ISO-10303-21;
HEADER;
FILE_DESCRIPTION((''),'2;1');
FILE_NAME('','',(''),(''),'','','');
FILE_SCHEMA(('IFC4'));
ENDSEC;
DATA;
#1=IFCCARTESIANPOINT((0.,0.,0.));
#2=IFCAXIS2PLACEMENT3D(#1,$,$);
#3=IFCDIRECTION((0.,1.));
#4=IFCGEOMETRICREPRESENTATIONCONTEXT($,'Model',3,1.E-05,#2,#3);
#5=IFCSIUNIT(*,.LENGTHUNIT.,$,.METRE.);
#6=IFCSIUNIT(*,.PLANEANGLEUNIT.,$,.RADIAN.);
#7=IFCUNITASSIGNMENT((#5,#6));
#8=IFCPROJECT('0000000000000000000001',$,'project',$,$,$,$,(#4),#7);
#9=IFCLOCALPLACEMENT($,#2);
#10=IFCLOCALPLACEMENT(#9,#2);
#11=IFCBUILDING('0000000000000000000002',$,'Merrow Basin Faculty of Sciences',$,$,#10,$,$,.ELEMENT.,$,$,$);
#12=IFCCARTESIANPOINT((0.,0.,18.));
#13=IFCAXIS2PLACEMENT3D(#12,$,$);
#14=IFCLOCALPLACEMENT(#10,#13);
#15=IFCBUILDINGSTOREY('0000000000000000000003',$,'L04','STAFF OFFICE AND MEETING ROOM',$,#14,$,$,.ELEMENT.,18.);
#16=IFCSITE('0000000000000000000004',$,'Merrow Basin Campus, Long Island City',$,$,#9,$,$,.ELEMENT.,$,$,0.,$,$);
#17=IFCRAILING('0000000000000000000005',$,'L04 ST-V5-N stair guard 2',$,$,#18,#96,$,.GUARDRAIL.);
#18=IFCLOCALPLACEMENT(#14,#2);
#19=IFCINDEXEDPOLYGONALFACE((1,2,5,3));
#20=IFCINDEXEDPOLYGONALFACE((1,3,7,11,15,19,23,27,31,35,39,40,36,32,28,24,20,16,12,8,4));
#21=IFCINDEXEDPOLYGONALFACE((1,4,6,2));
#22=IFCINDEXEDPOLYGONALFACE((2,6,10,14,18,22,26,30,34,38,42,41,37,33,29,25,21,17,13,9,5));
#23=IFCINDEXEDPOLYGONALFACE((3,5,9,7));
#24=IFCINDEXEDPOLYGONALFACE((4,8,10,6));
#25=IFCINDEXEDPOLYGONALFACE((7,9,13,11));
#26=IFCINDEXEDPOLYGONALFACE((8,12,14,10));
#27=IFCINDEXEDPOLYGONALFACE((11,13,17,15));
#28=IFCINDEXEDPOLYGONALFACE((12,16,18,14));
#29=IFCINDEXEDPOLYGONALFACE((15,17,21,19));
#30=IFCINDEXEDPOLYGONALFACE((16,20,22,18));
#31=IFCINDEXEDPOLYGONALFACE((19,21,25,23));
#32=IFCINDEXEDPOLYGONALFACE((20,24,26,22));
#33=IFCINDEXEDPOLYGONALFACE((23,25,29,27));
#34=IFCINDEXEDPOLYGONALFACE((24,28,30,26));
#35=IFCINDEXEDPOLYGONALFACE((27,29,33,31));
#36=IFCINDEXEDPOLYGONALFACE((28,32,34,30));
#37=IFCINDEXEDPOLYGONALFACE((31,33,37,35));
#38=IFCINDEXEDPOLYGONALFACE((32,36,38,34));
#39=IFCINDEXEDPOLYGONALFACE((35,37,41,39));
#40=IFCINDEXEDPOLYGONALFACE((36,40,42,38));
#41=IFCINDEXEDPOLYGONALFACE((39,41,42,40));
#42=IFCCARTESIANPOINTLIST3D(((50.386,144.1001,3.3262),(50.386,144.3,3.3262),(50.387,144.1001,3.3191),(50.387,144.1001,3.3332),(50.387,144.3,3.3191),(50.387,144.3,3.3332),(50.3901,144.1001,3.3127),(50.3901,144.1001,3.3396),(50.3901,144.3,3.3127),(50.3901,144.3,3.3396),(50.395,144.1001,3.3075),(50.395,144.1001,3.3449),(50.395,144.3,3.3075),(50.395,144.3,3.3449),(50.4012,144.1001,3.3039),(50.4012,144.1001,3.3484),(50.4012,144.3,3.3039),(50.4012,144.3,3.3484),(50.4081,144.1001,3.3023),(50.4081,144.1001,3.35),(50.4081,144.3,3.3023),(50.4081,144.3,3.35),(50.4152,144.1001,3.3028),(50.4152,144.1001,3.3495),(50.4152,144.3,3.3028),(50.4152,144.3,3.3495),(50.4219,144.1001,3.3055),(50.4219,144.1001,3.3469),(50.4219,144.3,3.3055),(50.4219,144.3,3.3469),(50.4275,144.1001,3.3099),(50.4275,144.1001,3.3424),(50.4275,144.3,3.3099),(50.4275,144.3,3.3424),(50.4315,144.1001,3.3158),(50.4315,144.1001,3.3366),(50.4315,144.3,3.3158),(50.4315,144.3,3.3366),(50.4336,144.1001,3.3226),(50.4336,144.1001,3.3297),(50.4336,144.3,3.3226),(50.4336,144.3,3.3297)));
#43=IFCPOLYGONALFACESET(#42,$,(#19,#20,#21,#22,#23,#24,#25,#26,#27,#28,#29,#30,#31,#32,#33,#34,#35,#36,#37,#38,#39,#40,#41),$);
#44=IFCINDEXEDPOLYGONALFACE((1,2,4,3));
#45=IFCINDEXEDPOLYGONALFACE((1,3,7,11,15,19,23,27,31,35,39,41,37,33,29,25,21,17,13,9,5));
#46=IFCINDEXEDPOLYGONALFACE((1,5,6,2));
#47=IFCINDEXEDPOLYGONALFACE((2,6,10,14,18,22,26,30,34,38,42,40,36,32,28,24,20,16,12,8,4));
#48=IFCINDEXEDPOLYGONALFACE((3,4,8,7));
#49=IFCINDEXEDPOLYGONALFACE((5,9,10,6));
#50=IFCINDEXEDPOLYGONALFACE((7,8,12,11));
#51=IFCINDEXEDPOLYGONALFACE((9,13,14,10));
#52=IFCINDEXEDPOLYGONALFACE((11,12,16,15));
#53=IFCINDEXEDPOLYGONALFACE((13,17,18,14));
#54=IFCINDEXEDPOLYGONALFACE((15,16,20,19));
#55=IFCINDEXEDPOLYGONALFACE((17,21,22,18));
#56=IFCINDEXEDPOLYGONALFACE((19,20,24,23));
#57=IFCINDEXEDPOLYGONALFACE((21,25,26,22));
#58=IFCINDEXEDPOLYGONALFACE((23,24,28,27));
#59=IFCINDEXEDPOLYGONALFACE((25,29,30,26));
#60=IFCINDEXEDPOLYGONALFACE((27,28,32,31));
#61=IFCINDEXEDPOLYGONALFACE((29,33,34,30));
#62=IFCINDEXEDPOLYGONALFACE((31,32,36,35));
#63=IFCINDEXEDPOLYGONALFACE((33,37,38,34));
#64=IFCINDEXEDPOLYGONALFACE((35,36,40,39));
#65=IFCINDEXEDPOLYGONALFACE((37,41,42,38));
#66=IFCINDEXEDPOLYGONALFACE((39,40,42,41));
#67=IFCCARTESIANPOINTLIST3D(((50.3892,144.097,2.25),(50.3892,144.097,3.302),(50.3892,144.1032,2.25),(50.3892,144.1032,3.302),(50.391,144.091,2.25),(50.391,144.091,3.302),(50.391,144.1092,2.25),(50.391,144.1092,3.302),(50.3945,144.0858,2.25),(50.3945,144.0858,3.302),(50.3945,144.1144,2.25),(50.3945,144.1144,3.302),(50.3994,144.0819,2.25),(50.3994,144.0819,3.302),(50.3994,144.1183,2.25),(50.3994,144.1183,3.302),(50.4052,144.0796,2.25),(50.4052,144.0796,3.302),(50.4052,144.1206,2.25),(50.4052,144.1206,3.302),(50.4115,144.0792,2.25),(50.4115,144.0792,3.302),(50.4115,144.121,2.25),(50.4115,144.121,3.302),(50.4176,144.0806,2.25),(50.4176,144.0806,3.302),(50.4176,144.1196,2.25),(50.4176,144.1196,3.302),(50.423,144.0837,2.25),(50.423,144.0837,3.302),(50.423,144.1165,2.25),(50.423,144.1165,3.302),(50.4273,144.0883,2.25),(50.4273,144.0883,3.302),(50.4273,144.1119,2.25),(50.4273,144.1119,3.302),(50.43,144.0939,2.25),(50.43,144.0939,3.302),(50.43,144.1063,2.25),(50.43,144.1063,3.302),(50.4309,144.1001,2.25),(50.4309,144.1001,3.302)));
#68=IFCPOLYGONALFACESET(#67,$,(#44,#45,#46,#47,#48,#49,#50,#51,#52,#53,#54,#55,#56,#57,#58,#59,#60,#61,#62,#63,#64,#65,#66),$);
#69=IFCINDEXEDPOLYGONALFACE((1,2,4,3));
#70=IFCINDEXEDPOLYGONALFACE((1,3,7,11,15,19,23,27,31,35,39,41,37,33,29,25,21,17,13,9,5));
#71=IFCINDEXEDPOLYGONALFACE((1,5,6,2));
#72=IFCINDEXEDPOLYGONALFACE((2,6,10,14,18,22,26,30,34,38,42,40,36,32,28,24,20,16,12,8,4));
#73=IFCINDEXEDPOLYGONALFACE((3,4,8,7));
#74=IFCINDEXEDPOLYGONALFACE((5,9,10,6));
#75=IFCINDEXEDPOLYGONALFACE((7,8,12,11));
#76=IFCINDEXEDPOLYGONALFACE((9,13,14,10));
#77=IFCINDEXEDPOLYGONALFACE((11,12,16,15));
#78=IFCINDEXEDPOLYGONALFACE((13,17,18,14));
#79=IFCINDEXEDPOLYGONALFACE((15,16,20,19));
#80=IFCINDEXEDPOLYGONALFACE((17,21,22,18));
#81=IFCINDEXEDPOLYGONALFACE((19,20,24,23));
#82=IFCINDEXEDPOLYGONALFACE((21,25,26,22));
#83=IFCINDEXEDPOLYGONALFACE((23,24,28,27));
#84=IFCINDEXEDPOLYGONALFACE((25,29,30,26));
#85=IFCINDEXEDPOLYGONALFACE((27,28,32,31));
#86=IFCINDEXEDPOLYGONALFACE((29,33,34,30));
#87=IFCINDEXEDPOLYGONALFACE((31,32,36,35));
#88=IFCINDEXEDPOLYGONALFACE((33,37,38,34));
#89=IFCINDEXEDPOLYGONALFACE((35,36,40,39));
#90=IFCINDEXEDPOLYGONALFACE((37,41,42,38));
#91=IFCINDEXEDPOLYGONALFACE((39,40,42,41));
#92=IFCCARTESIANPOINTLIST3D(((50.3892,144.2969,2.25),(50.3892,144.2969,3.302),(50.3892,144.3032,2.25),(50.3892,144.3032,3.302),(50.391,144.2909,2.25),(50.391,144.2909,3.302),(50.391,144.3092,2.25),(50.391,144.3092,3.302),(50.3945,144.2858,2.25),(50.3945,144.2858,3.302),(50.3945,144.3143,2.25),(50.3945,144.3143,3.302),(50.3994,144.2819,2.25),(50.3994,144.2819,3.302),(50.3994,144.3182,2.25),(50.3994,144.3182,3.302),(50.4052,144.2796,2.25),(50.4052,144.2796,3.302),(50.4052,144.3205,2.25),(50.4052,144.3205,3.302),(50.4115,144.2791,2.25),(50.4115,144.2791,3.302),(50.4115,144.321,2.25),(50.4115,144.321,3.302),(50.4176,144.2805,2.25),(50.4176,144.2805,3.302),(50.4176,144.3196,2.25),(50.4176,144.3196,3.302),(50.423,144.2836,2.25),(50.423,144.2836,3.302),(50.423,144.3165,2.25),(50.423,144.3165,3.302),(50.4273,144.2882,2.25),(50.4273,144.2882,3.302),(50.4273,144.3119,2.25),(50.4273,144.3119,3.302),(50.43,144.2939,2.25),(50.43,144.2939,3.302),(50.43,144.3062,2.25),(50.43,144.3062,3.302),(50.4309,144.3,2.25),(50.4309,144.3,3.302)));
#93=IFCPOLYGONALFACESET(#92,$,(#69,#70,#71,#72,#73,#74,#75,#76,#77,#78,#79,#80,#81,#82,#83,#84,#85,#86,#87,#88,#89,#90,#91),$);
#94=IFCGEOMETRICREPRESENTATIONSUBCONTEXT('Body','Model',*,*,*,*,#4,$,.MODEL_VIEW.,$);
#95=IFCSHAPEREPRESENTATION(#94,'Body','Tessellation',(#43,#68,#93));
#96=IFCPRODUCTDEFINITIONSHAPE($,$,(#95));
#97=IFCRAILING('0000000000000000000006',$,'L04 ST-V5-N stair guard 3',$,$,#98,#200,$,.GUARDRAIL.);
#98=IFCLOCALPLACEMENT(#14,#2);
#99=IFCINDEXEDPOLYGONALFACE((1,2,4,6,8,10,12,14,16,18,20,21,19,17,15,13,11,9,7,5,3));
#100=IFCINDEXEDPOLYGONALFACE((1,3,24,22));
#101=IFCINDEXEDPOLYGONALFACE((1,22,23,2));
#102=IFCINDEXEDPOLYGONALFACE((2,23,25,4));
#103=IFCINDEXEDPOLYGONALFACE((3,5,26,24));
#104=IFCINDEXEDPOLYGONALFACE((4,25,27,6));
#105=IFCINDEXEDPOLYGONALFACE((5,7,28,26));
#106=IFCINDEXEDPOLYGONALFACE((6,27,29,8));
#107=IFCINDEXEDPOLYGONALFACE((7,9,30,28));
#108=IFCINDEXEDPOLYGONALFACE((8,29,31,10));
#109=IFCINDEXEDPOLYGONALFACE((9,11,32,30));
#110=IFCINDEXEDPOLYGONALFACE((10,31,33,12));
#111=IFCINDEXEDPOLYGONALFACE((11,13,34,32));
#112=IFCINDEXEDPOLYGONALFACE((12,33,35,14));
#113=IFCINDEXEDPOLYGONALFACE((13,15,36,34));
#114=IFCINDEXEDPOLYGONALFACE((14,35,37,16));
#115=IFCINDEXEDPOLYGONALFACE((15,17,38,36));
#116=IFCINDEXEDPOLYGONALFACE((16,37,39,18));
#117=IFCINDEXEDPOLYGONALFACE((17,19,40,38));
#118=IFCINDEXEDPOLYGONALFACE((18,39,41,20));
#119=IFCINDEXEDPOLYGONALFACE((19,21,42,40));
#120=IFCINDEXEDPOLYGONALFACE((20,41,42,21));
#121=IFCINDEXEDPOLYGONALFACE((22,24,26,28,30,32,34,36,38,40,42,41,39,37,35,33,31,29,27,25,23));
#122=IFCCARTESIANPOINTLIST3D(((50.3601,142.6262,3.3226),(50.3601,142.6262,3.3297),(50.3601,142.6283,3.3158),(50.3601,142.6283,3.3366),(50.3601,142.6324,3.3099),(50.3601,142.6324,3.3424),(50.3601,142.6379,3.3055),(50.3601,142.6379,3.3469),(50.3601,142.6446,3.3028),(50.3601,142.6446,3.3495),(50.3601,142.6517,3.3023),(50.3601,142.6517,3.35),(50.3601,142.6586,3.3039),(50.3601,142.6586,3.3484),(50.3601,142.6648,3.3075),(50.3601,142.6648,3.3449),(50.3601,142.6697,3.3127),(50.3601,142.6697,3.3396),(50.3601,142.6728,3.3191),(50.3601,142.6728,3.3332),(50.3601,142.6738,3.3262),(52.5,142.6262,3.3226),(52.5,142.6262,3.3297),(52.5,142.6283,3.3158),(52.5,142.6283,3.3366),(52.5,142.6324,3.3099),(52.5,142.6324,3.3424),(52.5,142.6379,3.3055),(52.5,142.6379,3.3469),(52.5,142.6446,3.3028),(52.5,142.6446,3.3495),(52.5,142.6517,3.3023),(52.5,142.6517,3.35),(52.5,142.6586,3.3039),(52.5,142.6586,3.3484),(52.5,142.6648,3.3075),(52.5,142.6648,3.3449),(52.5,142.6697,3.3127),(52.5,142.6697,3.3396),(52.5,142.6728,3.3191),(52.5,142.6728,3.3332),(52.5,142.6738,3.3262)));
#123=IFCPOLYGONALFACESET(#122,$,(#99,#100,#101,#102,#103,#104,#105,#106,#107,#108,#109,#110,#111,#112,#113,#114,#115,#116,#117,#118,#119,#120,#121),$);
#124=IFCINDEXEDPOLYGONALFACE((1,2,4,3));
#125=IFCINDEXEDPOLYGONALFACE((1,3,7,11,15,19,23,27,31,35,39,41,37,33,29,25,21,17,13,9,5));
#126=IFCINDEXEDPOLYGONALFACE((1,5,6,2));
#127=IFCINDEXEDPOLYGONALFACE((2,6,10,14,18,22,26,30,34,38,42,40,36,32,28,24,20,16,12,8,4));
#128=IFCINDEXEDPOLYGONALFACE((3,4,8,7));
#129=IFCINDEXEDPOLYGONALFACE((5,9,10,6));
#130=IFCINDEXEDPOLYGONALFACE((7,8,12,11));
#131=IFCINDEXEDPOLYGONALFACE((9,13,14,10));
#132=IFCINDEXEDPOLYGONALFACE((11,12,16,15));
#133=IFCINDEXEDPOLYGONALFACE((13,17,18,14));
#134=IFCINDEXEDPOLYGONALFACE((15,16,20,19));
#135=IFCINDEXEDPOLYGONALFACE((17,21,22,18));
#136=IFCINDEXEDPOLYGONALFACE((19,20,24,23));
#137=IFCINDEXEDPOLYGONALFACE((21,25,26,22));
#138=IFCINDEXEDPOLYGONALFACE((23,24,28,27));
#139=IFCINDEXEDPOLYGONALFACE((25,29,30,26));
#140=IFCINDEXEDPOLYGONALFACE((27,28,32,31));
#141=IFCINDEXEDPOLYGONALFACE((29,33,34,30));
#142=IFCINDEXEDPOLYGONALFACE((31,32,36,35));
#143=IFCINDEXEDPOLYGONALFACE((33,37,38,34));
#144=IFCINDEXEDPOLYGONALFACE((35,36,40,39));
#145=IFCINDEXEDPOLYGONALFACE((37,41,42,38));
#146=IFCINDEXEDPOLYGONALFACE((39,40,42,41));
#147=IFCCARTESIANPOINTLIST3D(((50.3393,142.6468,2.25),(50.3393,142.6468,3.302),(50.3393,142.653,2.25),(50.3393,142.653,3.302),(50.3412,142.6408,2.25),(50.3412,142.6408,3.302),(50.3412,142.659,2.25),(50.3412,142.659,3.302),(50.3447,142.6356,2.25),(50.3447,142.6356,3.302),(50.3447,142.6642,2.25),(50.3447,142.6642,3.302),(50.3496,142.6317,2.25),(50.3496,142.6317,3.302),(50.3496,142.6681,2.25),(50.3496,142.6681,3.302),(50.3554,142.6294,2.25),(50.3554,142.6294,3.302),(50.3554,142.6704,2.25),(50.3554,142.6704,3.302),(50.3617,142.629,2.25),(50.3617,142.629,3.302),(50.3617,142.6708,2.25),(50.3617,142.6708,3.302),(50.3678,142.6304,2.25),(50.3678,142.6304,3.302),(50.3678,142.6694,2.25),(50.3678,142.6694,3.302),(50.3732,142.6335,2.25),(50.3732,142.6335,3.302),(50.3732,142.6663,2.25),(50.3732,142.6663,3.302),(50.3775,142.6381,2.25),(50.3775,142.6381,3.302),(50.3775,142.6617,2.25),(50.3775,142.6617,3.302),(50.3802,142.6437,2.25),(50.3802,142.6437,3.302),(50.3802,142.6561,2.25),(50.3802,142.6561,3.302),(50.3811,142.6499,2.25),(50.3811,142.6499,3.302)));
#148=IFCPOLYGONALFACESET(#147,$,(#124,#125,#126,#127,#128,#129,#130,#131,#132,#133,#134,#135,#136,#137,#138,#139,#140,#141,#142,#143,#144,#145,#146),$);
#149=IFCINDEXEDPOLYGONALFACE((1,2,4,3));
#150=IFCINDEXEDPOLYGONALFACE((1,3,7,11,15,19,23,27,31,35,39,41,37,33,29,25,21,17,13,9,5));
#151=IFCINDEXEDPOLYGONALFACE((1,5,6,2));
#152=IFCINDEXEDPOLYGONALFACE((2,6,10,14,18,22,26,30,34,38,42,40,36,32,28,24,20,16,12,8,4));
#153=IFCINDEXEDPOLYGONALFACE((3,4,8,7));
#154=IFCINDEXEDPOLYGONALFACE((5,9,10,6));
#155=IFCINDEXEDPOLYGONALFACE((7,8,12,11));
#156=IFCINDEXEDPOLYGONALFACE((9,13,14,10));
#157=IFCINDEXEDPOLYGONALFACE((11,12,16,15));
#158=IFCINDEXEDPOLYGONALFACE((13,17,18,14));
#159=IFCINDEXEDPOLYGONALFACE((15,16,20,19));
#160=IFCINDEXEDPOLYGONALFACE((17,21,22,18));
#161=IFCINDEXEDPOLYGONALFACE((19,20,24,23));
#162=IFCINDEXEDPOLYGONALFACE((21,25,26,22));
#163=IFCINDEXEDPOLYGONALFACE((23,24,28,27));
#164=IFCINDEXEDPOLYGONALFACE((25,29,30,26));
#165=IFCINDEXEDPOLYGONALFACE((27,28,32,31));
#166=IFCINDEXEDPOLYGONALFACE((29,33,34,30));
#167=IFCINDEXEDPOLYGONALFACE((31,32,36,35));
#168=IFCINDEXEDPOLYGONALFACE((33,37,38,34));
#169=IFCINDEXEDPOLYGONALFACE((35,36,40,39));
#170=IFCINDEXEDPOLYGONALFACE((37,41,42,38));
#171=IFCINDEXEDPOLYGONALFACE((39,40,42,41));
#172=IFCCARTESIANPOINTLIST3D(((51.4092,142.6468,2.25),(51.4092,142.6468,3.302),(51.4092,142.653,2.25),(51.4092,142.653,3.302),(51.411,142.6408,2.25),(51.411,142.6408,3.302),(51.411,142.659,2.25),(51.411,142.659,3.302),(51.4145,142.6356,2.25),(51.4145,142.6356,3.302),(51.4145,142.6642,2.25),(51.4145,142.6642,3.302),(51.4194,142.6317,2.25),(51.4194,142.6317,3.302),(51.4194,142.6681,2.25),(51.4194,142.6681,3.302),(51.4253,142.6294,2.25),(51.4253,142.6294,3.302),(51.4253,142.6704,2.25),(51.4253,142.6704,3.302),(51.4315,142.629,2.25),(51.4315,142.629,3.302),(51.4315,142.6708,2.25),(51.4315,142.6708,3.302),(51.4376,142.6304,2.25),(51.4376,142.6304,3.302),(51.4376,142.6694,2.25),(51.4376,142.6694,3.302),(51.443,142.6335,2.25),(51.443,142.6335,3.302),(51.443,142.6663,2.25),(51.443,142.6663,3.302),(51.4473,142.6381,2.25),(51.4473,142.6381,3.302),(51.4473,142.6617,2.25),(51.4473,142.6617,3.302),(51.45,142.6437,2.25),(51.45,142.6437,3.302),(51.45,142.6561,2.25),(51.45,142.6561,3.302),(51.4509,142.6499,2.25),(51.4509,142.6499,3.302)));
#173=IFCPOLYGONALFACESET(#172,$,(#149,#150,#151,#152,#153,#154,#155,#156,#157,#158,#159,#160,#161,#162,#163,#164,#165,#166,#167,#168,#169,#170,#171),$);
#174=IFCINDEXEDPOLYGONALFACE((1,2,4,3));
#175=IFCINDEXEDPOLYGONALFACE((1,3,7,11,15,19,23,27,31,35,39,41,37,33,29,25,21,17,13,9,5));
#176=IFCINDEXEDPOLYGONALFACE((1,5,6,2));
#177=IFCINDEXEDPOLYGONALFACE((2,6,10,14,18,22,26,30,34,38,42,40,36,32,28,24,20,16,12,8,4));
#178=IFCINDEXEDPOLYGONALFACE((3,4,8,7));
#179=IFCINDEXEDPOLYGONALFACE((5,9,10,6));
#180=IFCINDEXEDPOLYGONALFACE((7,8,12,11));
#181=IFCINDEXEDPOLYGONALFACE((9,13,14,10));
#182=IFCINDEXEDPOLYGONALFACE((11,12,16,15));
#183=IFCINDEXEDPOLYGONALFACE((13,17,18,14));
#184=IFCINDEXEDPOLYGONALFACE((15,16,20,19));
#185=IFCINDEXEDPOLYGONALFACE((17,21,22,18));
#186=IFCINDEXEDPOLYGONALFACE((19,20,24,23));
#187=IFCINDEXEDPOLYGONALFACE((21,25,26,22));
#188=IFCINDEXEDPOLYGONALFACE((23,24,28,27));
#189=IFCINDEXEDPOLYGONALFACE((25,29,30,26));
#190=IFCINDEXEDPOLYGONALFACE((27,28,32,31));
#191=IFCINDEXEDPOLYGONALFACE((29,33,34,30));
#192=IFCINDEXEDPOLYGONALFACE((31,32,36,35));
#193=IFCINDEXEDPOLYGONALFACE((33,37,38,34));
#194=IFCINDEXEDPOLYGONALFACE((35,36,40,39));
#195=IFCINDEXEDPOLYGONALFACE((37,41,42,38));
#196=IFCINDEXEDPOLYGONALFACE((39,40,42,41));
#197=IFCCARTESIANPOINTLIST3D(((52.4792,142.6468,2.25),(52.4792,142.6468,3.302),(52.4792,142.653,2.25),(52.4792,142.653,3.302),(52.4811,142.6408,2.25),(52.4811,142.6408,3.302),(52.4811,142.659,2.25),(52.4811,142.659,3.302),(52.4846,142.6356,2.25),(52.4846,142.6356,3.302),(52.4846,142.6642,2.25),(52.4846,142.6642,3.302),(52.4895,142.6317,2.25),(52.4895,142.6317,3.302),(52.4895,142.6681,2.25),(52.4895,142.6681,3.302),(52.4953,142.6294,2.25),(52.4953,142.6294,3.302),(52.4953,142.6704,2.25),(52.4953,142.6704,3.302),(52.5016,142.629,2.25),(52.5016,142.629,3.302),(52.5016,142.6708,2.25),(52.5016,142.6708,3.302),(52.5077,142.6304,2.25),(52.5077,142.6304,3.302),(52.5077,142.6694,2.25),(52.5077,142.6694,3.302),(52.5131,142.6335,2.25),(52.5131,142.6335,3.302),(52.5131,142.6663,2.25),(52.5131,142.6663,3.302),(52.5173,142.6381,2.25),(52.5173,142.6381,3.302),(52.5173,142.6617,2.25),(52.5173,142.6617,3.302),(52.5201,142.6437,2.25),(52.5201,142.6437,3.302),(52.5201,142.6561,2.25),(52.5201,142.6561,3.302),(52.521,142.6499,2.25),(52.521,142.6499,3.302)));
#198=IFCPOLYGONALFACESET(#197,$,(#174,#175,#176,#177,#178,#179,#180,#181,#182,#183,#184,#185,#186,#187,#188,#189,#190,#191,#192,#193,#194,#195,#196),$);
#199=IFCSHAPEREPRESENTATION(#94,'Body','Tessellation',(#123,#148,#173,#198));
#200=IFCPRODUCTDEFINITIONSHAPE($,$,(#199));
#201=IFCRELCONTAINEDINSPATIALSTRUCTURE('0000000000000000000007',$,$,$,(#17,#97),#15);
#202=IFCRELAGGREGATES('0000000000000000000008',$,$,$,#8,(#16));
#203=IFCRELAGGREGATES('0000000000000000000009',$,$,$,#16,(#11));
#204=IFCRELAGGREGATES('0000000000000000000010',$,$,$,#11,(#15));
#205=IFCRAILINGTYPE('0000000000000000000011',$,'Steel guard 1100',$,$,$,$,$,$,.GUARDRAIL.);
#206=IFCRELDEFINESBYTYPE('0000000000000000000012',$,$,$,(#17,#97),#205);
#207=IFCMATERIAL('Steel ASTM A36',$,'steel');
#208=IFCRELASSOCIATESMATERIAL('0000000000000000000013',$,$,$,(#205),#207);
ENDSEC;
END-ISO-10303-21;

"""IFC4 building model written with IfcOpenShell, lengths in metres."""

from ifc_helpers import new_model, si_unit, direction, frame, origin, origin_2d, place, context, subcontext, project, spatial, circle, extrude, material, type_object, element, save


model = new_model("IFC4")

# Units and contexts
model_context = context("Model", 3, precision=1e-05, world=origin(), true_north=direction((0.0, 1.0)))
body_context = subcontext(model_context, "Body", "Model", "MODEL_VIEW")
ifc_project = project(units=[si_unit("LENGTHUNIT", "METRE"), si_unit("PLANEANGLEUNIT", "RADIAN")], contexts=[model_context])

# Site, building, storey
site_placement = place(None, origin())
site = spatial("IfcSite", under=ifc_project, at=site_placement, Name="Merrow Basin Campus, Long Island City", CompositionType="ELEMENT", RefElevation=0.0)
building_placement = place(site_placement, origin())
building = spatial("IfcBuilding", under=site, at=building_placement, Name="Merrow Basin Faculty of Sciences", CompositionType="ELEMENT")
storey_placement = place(building_placement, frame((0.0, 0.0, 18.0)))
storey = spatial("IfcBuildingStorey", under=building, at=storey_placement, Name="L04", Description="STAFF OFFICE AND MEETING ROOM", CompositionType="ELEMENT", Elevation=18.0)

# Railings
ifc_material_1 = material(Name="Steel ASTM A36", Category="steel")
railing_type_1 = type_object("IfcRailingType", Name="Steel guard 1100", PredefinedType="GUARDRAIL", material=ifc_material_1)
railing_1_placement = place(storey_placement, frame((50.4099, 144.1001, 2.25)))
element("IfcRailing", 1, at=railing_1_placement, inside=storey, type_object=railing_type_1, Name="L04 ST-V5-N stair guard 2", PredefinedType="GUARDRAIL", context=body_context, shape_type="SweptSolid", body=[
    extrude(circle(Radius=0.0239, at=origin_2d()), frame((0.0, 0.0, 1.0762), z_axis=(0.0, 1.0, 0.0), x_axis=(-1.0, 0.0, 0.0)), (0.0, 0.0, 1.0), 0.2),
    extrude(circle(Radius=0.021, at=origin_2d()), origin(), (0.0, 0.0, 1.0), 1.052),
    extrude(circle(Radius=0.021, at=origin_2d()), frame((0.0, 0.2, 0.0)), (0.0, 0.0, 1.0), 1.052),
])
railing_2_placement = place(storey_placement, frame((50.3601, 142.6499, 2.25)))
element("IfcRailing", 2, at=railing_2_placement, inside=storey, type_object=railing_type_1, Name="L04 ST-V5-N stair guard 3", PredefinedType="GUARDRAIL", context=body_context, shape_type="SweptSolid", body=[
    extrude(circle(Radius=0.0239, at=origin_2d()), frame((0.0, 0.0, 1.0762), z_axis=(1.0, 0.0, 0.0), x_axis=(0.0, 1.0, 0.0)), (0.0, 0.0, 1.0), 2.1399),
    extrude(circle(Radius=0.021, at=origin_2d()), origin(), (0.0, 0.0, 1.0), 1.052),
    extrude(circle(Radius=0.021, at=origin_2d()), frame((1.0698, 0.0, 0.0)), (0.0, 0.0, 1.0), 1.052),
    extrude(circle(Radius=0.021, at=origin_2d()), frame((2.1399, 0.0, 0.0)), (0.0, 0.0, 1.0), 1.052),
])

save(model, "model.ifc")
